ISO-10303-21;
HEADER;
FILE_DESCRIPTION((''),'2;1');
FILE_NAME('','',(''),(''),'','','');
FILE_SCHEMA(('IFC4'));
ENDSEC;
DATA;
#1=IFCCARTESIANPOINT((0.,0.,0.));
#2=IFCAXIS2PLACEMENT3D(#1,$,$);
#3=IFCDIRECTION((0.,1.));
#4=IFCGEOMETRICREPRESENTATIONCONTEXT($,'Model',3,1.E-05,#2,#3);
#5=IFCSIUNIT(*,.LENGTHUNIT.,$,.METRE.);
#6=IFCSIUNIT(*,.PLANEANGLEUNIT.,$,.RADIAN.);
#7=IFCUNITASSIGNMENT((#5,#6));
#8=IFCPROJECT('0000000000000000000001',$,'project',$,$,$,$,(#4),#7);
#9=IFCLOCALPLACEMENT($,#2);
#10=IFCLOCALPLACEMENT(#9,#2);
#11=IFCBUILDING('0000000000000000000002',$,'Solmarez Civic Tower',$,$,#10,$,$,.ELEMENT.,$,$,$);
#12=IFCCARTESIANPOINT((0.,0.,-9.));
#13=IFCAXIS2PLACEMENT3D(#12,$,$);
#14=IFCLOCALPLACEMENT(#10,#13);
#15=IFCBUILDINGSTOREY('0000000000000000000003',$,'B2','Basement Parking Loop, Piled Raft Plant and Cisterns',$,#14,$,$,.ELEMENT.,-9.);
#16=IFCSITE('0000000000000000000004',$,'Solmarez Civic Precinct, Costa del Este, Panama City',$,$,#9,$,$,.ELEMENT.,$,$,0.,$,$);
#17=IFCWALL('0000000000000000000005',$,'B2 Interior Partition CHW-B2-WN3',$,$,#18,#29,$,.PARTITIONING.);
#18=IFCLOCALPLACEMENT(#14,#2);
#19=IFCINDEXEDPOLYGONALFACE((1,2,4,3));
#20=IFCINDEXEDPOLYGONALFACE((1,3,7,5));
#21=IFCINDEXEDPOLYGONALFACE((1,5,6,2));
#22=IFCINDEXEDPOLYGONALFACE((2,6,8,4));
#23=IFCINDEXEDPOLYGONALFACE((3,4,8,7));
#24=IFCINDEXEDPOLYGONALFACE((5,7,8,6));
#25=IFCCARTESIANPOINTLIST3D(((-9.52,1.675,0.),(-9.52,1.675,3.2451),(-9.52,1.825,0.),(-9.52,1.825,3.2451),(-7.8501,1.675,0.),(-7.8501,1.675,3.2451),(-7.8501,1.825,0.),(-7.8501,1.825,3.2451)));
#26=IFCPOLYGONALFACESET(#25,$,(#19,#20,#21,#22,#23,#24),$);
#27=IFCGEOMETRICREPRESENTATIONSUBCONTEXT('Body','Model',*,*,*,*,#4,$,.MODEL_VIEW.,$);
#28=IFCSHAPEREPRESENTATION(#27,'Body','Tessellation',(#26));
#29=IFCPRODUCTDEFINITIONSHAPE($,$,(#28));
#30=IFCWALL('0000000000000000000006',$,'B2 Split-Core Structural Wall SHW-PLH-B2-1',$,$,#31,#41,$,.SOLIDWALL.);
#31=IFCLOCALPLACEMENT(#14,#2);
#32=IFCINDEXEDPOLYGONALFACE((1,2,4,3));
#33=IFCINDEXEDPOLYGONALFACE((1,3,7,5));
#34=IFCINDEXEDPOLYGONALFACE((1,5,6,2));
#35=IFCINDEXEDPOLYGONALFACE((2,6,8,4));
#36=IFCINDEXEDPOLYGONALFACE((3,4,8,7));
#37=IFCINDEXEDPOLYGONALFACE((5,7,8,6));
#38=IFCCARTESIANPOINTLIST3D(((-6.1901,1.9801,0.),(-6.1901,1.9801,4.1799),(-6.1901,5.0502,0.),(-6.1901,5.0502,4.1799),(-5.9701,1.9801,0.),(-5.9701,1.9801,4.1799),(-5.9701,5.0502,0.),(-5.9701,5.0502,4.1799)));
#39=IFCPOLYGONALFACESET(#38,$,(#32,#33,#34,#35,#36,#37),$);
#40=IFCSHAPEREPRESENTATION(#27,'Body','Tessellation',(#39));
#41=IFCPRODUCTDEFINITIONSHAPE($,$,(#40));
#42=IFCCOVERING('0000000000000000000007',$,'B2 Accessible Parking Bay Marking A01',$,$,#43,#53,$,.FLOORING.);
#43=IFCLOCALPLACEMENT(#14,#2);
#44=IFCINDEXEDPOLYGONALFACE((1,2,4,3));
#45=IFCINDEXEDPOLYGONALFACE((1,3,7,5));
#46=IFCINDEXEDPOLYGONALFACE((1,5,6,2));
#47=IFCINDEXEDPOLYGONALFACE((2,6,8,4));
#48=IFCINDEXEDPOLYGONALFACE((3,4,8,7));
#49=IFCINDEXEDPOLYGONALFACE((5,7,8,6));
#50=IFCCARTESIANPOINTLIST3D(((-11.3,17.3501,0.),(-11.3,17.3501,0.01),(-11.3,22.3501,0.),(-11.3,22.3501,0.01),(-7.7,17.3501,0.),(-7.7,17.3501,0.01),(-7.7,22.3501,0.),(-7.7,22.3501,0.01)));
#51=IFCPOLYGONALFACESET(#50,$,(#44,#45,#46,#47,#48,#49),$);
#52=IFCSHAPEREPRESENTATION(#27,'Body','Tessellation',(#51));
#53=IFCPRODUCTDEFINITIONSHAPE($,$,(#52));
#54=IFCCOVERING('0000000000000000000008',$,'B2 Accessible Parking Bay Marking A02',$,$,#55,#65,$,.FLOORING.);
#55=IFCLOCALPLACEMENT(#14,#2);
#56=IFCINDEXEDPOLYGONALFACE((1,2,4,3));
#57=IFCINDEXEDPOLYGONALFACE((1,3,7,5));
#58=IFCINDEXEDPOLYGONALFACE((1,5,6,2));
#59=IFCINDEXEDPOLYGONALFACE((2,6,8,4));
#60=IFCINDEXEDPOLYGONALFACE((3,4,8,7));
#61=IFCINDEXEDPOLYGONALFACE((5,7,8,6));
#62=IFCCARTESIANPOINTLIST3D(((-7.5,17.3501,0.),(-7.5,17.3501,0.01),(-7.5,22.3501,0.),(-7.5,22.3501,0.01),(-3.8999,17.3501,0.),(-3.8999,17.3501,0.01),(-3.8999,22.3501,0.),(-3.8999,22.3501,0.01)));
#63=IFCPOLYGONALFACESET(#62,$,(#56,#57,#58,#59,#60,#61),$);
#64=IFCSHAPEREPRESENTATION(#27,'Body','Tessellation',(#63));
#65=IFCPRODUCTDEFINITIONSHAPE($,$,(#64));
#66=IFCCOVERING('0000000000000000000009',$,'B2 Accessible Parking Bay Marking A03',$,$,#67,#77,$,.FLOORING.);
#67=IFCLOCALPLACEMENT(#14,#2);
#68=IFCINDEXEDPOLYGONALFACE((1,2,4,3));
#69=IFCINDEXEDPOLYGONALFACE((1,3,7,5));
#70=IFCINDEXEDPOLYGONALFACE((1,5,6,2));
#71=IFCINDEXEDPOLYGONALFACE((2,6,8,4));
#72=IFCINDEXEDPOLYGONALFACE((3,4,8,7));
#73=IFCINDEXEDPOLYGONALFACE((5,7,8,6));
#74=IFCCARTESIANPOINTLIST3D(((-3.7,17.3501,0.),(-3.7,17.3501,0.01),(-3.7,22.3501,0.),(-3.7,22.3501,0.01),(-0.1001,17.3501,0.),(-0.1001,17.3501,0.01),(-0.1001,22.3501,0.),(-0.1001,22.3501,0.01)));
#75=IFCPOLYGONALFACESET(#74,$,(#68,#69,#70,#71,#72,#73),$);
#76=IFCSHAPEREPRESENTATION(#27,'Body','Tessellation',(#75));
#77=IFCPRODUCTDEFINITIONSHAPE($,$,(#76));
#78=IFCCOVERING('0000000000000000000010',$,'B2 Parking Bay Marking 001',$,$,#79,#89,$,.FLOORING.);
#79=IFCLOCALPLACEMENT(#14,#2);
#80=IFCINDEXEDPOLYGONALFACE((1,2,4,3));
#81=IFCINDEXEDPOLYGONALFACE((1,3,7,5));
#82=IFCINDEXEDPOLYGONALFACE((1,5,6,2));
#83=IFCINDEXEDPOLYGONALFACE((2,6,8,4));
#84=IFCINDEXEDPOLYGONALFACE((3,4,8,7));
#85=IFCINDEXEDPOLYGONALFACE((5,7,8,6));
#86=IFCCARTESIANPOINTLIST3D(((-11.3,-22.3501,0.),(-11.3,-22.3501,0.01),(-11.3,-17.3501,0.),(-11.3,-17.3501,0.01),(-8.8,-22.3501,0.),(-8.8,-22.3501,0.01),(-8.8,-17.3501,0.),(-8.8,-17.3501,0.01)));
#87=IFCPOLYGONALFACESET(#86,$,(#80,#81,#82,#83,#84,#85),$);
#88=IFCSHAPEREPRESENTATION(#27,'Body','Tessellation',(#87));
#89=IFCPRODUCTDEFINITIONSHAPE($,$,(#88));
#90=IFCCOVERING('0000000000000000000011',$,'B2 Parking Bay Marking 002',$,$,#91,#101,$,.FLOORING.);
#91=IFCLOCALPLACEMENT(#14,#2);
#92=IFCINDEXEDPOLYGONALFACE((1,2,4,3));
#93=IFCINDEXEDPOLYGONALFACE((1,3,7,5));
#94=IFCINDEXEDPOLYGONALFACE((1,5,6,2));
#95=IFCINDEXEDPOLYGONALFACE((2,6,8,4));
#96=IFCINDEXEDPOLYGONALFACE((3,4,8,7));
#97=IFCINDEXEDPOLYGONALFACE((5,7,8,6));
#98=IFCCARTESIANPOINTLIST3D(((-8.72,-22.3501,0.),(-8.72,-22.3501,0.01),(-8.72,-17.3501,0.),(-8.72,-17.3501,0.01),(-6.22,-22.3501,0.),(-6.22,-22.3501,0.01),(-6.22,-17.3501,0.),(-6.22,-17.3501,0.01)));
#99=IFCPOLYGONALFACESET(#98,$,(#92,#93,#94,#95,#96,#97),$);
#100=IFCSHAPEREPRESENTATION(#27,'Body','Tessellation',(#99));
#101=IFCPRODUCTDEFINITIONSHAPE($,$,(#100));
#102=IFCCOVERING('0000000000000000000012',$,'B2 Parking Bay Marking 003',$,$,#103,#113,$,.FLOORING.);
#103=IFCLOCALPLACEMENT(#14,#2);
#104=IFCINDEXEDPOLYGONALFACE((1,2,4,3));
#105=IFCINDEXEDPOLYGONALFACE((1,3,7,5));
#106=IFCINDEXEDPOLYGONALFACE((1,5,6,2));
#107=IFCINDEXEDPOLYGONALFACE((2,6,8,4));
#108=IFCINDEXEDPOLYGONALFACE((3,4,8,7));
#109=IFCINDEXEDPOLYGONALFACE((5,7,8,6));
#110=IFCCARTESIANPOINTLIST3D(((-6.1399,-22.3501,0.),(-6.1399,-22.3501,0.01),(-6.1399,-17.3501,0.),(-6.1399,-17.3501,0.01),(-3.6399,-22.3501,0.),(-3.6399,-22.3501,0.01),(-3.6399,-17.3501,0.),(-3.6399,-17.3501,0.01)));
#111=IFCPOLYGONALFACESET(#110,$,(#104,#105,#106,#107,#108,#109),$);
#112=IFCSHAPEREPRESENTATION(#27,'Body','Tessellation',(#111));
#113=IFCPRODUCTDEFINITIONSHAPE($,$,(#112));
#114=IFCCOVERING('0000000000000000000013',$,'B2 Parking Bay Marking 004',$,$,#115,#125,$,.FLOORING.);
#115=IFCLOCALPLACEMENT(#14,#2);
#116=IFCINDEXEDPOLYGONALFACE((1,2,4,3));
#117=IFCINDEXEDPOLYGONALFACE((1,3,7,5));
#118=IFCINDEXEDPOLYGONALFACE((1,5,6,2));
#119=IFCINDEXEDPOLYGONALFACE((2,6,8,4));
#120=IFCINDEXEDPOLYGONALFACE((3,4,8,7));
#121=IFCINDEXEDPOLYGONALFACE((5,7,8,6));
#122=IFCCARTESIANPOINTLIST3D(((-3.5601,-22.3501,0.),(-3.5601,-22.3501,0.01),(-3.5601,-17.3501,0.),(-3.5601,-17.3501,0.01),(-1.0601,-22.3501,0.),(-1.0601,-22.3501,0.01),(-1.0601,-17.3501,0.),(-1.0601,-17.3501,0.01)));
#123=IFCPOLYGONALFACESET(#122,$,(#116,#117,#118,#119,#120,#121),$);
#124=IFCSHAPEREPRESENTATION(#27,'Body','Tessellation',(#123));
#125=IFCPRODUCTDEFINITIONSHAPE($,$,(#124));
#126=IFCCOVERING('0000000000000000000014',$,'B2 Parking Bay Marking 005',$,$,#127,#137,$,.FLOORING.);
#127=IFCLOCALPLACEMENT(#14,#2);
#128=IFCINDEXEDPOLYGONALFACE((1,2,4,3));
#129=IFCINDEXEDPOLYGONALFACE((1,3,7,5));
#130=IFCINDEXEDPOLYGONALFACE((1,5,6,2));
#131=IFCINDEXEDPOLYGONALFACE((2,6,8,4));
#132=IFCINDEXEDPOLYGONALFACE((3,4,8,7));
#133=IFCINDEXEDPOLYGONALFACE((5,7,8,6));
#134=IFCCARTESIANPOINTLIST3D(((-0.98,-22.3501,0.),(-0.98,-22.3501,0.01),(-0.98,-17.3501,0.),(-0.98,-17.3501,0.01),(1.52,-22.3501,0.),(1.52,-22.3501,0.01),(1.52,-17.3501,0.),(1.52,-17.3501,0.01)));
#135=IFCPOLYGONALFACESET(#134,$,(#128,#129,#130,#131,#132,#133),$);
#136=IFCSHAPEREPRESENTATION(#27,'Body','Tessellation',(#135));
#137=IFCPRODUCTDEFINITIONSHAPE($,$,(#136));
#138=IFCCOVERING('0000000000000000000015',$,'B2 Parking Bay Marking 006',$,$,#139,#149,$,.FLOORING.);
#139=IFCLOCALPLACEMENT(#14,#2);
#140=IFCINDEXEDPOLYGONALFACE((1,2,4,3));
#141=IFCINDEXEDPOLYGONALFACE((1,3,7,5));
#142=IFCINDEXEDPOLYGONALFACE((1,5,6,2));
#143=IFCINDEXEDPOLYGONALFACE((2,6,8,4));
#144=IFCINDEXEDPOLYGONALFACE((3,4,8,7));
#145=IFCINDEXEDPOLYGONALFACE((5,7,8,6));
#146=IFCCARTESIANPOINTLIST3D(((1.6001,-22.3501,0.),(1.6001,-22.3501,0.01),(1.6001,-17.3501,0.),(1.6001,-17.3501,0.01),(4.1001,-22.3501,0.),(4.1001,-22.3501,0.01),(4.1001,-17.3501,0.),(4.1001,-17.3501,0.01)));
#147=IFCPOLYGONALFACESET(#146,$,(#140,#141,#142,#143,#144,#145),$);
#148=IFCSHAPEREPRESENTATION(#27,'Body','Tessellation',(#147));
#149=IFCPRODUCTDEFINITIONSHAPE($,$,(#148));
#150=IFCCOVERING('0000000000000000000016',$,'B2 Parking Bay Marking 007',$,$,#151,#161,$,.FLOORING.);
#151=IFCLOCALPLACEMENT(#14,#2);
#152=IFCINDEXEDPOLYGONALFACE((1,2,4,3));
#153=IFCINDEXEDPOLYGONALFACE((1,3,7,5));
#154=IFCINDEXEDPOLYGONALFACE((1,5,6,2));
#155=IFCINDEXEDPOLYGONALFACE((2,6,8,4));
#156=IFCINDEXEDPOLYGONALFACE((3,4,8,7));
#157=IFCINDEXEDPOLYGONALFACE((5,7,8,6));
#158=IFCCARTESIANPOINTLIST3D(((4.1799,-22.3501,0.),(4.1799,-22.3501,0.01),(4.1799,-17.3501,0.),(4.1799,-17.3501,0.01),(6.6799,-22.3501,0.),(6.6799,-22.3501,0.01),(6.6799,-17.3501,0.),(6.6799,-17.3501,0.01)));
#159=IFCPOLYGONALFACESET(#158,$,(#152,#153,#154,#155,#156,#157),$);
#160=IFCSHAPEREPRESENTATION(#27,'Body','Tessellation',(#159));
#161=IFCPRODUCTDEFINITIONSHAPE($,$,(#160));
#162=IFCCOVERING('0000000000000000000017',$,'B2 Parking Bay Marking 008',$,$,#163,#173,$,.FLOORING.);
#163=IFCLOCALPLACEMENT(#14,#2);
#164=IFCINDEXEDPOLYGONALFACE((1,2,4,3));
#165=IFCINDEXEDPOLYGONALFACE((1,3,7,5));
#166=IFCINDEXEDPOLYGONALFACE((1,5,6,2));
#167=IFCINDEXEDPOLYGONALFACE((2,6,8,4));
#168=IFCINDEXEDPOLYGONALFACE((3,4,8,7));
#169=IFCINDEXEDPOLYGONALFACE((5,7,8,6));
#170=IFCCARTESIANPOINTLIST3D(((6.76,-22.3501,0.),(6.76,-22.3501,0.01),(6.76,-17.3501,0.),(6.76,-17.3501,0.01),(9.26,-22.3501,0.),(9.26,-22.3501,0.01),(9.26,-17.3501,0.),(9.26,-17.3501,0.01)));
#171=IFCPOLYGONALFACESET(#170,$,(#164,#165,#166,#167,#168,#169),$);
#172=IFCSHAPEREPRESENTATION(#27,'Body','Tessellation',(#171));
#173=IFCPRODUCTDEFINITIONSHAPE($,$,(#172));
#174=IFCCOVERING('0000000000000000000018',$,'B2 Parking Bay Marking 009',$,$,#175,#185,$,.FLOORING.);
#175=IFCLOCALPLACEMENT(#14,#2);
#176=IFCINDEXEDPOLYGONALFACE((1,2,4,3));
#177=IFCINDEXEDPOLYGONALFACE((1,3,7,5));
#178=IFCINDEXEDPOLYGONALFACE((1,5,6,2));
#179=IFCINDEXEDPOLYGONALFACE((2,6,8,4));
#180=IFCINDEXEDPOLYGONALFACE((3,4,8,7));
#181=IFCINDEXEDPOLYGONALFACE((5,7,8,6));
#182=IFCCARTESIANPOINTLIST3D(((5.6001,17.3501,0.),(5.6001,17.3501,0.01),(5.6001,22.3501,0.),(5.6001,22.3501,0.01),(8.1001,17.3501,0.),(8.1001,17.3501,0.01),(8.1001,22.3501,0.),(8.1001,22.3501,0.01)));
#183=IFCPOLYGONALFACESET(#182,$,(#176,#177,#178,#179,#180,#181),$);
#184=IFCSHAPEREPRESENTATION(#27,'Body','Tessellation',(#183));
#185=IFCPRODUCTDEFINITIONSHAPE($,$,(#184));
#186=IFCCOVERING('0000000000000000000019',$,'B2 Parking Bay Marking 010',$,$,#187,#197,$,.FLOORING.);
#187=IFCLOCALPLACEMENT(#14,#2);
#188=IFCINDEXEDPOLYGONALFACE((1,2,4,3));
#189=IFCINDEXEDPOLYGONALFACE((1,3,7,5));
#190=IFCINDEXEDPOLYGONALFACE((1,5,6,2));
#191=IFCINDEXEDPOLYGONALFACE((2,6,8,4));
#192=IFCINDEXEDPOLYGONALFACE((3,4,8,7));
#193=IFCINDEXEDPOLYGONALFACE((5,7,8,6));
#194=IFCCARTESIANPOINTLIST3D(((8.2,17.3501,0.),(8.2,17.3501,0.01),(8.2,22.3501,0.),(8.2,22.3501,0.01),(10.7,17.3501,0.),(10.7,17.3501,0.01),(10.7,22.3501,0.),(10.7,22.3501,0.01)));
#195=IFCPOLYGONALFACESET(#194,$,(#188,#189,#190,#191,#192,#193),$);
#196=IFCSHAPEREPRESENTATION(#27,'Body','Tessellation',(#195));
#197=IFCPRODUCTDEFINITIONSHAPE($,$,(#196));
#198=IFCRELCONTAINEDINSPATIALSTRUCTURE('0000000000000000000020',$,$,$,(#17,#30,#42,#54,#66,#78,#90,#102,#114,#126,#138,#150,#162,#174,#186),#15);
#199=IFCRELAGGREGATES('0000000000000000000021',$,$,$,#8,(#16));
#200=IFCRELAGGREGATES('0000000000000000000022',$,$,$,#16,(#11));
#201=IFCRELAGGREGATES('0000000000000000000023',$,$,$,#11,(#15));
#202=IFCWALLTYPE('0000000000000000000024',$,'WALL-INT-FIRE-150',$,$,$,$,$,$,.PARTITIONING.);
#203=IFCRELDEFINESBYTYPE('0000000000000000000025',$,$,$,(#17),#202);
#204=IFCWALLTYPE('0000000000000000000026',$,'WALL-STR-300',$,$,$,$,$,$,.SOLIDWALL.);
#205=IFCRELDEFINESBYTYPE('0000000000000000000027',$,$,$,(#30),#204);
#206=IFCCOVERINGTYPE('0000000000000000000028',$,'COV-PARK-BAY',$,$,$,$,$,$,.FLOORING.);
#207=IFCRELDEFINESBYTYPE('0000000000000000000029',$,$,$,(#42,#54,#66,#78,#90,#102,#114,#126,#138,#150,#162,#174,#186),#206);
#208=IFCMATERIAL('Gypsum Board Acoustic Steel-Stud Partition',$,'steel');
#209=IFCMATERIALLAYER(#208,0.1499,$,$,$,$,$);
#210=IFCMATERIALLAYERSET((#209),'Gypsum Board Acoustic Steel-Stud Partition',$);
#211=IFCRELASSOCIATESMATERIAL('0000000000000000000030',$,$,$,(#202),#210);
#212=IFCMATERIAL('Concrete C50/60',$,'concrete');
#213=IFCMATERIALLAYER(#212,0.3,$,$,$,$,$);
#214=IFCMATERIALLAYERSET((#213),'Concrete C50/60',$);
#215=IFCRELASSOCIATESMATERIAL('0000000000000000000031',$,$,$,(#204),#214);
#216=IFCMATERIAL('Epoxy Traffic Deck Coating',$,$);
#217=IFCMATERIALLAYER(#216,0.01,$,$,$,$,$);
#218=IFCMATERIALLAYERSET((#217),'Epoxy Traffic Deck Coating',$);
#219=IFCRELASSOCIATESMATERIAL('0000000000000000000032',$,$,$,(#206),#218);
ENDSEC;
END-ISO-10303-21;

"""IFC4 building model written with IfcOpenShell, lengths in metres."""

from ifc_helpers import new_model, si_unit, direction, frame, frame_2d, origin, place, context, subcontext, project, spatial, polyline, rectangle, outline, extrude, material, layer, layer_set, type_object, element, save


model = new_model("IFC4")

# Units and contexts
model_context = context("Model", 3, precision=1e-05, world=origin(), true_north=direction((0.0, 1.0)))
body_context = subcontext(model_context, "Body", "Model", "MODEL_VIEW")
ifc_project = project(units=[si_unit("LENGTHUNIT", "METRE"), si_unit("PLANEANGLEUNIT", "RADIAN")], contexts=[model_context])

# Site, building, storey
site_placement = place(None, origin())
site = spatial("IfcSite", under=ifc_project, at=site_placement, Name="Solmarez Civic Precinct, Costa del Este, Panama City", CompositionType="ELEMENT", RefElevation=0.0)
building_placement = place(site_placement, origin())
building = spatial("IfcBuilding", under=site, at=building_placement, Name="Solmarez Civic Tower", CompositionType="ELEMENT")
storey_placement = place(building_placement, frame((0.0, 0.0, -9.0)))
storey = spatial("IfcBuildingStorey", under=building, at=storey_placement, Name="B2", Description="Basement Parking Loop, Piled Raft Plant and Cisterns", CompositionType="ELEMENT", Elevation=-9.0)

# Walls
ifc_material_1 = material(Name="Gypsum Board Acoustic Steel-Stud Partition", Category="steel")
ifc_layer_1 = layer(ifc_material_1, 0.1499)
ifc_layer_set_1 = layer_set([ifc_layer_1], Name="Gypsum Board Acoustic Steel-Stud Partition")
wall_type_1 = type_object("IfcWallType", Name="WALL-INT-FIRE-150", PredefinedType="PARTITIONING", material=ifc_layer_set_1)
wall_1_placement = place(storey_placement, frame((-7.8501, 1.75, 0.0), z_axis=(0.0, 0.0, 1.0), x_axis=(-1.0, 0.0, 0.0)))
element("IfcWall", 1, at=wall_1_placement, inside=storey, type_object=wall_type_1, Name="B2 Interior Partition CHW-B2-WN3", PredefinedType="PARTITIONING", context=body_context, shape_type="SweptSolid", body=[
    extrude(rectangle(XDim=1.6699, YDim=0.1499, at=frame_2d((0.835, 0.0))), origin(), (0.0, 0.0, 1.0), 3.2451),
])
ifc_material_2 = material(Name="Concrete C50/60", Category="concrete")
ifc_layer_2 = layer(ifc_material_2, 0.3)
ifc_layer_set_2 = layer_set([ifc_layer_2], Name="Concrete C50/60")
wall_type_2 = type_object("IfcWallType", Name="WALL-STR-300", PredefinedType="SOLIDWALL", material=ifc_layer_set_2)
wall_2_placement = place(storey_placement, frame((-6.0801, 1.98, 0.0), z_axis=(0.0, 0.0, 1.0), x_axis=(0.0, 1.0, 0.0)))
element("IfcWall", 2, at=wall_2_placement, inside=storey, type_object=wall_type_2, Name="B2 Split-Core Structural Wall SHW-PLH-B2-1", PredefinedType="SOLIDWALL", context=body_context, shape_type="SweptSolid", body=[
    extrude(rectangle(XDim=3.0701, YDim=0.22, at=frame_2d((1.5352, 0.0))), origin(), (0.0, 0.0, 1.0), 4.1799),
])

# Coverings
ifc_material_3 = material(Name="Epoxy Traffic Deck Coating")
ifc_layer_3 = layer(ifc_material_3, 0.01)
ifc_layer_set_3 = layer_set([ifc_layer_3], Name="Epoxy Traffic Deck Coating")
covering_type = type_object("IfcCoveringType", Name="COV-PARK-BAY", PredefinedType="FLOORING", material=ifc_layer_set_3)
covering_1_placement = place(storey_placement, origin())
element("IfcCovering", 3, at=covering_1_placement, inside=storey, type_object=covering_type, Name="B2 Accessible Parking Bay Marking A01", PredefinedType="FLOORING", context=body_context, shape_type="SweptSolid", body=[
    extrude(outline(polyline([(-11.3, 17.3501), (-7.7, 17.3501), (-7.7, 22.3501), (-11.3, 22.3501), (-11.3, 17.3501)])), origin(), (0.0, 0.0, 1.0), 0.01),
])
covering_2_placement = place(storey_placement, origin())
element("IfcCovering", 4, at=covering_2_placement, inside=storey, type_object=covering_type, Name="B2 Accessible Parking Bay Marking A02", PredefinedType="FLOORING", context=body_context, shape_type="SweptSolid", body=[
    extrude(outline(polyline([(-7.5, 17.3501), (-3.8999, 17.3501), (-3.8999, 22.3501), (-7.5, 22.3501), (-7.5, 17.3501)])), origin(), (0.0, 0.0, 1.0), 0.01),
])
covering_3_placement = place(storey_placement, origin())
element("IfcCovering", 5, at=covering_3_placement, inside=storey, type_object=covering_type, Name="B2 Accessible Parking Bay Marking A03", PredefinedType="FLOORING", context=body_context, shape_type="SweptSolid", body=[
    extrude(outline(polyline([(-3.7, 17.3501), (-0.1001, 17.3501), (-0.1001, 22.3501), (-3.7, 22.3501), (-3.7, 17.3501)])), origin(), (0.0, 0.0, 1.0), 0.01),
])
covering_4_placement = place(storey_placement, origin())
element("IfcCovering", 6, at=covering_4_placement, inside=storey, type_object=covering_type, Name="B2 Parking Bay Marking 001", PredefinedType="FLOORING", context=body_context, shape_type="SweptSolid", body=[
    extrude(outline(polyline([(-11.3, -22.3501), (-8.8, -22.3501), (-8.8, -17.3501), (-11.3, -17.3501), (-11.3, -22.3501)])), origin(), (0.0, 0.0, 1.0), 0.01),
])
covering_5_placement = place(storey_placement, origin())
element("IfcCovering", 7, at=covering_5_placement, inside=storey, type_object=covering_type, Name="B2 Parking Bay Marking 002", PredefinedType="FLOORING", context=body_context, shape_type="SweptSolid", body=[
    extrude(outline(polyline([(-8.72, -22.3501), (-6.22, -22.3501), (-6.22, -17.3501), (-8.72, -17.3501), (-8.72, -22.3501)])), origin(), (0.0, 0.0, 1.0), 0.01),
])
covering_6_placement = place(storey_placement, origin())
element("IfcCovering", 8, at=covering_6_placement, inside=storey, type_object=covering_type, Name="B2 Parking Bay Marking 003", PredefinedType="FLOORING", context=body_context, shape_type="SweptSolid", body=[
    extrude(outline(polyline([(-6.1399, -22.3501), (-3.6399, -22.3501), (-3.6399, -17.3501), (-6.1399, -17.3501), (-6.1399, -22.3501)])), origin(), (0.0, 0.0, 1.0), 0.01),
])
covering_7_placement = place(storey_placement, origin())
element("IfcCovering", 9, at=covering_7_placement, inside=storey, type_object=covering_type, Name="B2 Parking Bay Marking 004", PredefinedType="FLOORING", context=body_context, shape_type="SweptSolid", body=[
    extrude(outline(polyline([(-3.5601, -22.3501), (-1.0601, -22.3501), (-1.0601, -17.3501), (-3.5601, -17.3501), (-3.5601, -22.3501)])), origin(), (0.0, 0.0, 1.0), 0.01),
])
covering_8_placement = place(storey_placement, origin())
element("IfcCovering", 10, at=covering_8_placement, inside=storey, type_object=covering_type, Name="B2 Parking Bay Marking 005", PredefinedType="FLOORING", context=body_context, shape_type="SweptSolid", body=[
    extrude(outline(polyline([(-0.98, -22.3501), (1.52, -22.3501), (1.52, -17.3501), (-0.98, -17.3501), (-0.98, -22.3501)])), origin(), (0.0, 0.0, 1.0), 0.01),
])
covering_9_placement = place(storey_placement, origin())
element("IfcCovering", 11, at=covering_9_placement, inside=storey, type_object=covering_type, Name="B2 Parking Bay Marking 006", PredefinedType="FLOORING", context=body_context, shape_type="SweptSolid", body=[
    extrude(outline(polyline([(1.6001, -22.3501), (4.1001, -22.3501), (4.1001, -17.3501), (1.6001, -17.3501), (1.6001, -22.3501)])), origin(), (0.0, 0.0, 1.0), 0.01),
])
covering_10_placement = place(storey_placement, origin())
element("IfcCovering", 12, at=covering_10_placement, inside=storey, type_object=covering_type, Name="B2 Parking Bay Marking 007", PredefinedType="FLOORING", context=body_context, shape_type="SweptSolid", body=[
    extrude(outline(polyline([(4.1799, -22.3501), (6.6799, -22.3501), (6.6799, -17.3501), (4.1799, -17.3501), (4.1799, -22.3501)])), origin(), (0.0, 0.0, 1.0), 0.01),
])
covering_11_placement = place(storey_placement, origin())
element("IfcCovering", 13, at=covering_11_placement, inside=storey, type_object=covering_type, Name="B2 Parking Bay Marking 008", PredefinedType="FLOORING", context=body_context, shape_type="SweptSolid", body=[
    extrude(outline(polyline([(6.76, -22.3501), (9.26, -22.3501), (9.26, -17.3501), (6.76, -17.3501), (6.76, -22.3501)])), origin(), (0.0, 0.0, 1.0), 0.01),
])
covering_12_placement = place(storey_placement, origin())
element("IfcCovering", 14, at=covering_12_placement, inside=storey, type_object=covering_type, Name="B2 Parking Bay Marking 009", PredefinedType="FLOORING", context=body_context, shape_type="SweptSolid", body=[
    extrude(outline(polyline([(5.6001, 17.3501), (8.1001, 17.3501), (8.1001, 22.3501), (5.6001, 22.3501), (5.6001, 17.3501)])), origin(), (0.0, 0.0, 1.0), 0.01),
])
covering_13_placement = place(storey_placement, origin())
element("IfcCovering", 15, at=covering_13_placement, inside=storey, type_object=covering_type, Name="B2 Parking Bay Marking 010", PredefinedType="FLOORING", context=body_context, shape_type="SweptSolid", body=[
    extrude(outline(polyline([(8.2, 17.3501), (10.7, 17.3501), (10.7, 22.3501), (8.2, 22.3501), (8.2, 17.3501)])), origin(), (0.0, 0.0, 1.0), 0.01),
])

save(model, "model.ifc")
